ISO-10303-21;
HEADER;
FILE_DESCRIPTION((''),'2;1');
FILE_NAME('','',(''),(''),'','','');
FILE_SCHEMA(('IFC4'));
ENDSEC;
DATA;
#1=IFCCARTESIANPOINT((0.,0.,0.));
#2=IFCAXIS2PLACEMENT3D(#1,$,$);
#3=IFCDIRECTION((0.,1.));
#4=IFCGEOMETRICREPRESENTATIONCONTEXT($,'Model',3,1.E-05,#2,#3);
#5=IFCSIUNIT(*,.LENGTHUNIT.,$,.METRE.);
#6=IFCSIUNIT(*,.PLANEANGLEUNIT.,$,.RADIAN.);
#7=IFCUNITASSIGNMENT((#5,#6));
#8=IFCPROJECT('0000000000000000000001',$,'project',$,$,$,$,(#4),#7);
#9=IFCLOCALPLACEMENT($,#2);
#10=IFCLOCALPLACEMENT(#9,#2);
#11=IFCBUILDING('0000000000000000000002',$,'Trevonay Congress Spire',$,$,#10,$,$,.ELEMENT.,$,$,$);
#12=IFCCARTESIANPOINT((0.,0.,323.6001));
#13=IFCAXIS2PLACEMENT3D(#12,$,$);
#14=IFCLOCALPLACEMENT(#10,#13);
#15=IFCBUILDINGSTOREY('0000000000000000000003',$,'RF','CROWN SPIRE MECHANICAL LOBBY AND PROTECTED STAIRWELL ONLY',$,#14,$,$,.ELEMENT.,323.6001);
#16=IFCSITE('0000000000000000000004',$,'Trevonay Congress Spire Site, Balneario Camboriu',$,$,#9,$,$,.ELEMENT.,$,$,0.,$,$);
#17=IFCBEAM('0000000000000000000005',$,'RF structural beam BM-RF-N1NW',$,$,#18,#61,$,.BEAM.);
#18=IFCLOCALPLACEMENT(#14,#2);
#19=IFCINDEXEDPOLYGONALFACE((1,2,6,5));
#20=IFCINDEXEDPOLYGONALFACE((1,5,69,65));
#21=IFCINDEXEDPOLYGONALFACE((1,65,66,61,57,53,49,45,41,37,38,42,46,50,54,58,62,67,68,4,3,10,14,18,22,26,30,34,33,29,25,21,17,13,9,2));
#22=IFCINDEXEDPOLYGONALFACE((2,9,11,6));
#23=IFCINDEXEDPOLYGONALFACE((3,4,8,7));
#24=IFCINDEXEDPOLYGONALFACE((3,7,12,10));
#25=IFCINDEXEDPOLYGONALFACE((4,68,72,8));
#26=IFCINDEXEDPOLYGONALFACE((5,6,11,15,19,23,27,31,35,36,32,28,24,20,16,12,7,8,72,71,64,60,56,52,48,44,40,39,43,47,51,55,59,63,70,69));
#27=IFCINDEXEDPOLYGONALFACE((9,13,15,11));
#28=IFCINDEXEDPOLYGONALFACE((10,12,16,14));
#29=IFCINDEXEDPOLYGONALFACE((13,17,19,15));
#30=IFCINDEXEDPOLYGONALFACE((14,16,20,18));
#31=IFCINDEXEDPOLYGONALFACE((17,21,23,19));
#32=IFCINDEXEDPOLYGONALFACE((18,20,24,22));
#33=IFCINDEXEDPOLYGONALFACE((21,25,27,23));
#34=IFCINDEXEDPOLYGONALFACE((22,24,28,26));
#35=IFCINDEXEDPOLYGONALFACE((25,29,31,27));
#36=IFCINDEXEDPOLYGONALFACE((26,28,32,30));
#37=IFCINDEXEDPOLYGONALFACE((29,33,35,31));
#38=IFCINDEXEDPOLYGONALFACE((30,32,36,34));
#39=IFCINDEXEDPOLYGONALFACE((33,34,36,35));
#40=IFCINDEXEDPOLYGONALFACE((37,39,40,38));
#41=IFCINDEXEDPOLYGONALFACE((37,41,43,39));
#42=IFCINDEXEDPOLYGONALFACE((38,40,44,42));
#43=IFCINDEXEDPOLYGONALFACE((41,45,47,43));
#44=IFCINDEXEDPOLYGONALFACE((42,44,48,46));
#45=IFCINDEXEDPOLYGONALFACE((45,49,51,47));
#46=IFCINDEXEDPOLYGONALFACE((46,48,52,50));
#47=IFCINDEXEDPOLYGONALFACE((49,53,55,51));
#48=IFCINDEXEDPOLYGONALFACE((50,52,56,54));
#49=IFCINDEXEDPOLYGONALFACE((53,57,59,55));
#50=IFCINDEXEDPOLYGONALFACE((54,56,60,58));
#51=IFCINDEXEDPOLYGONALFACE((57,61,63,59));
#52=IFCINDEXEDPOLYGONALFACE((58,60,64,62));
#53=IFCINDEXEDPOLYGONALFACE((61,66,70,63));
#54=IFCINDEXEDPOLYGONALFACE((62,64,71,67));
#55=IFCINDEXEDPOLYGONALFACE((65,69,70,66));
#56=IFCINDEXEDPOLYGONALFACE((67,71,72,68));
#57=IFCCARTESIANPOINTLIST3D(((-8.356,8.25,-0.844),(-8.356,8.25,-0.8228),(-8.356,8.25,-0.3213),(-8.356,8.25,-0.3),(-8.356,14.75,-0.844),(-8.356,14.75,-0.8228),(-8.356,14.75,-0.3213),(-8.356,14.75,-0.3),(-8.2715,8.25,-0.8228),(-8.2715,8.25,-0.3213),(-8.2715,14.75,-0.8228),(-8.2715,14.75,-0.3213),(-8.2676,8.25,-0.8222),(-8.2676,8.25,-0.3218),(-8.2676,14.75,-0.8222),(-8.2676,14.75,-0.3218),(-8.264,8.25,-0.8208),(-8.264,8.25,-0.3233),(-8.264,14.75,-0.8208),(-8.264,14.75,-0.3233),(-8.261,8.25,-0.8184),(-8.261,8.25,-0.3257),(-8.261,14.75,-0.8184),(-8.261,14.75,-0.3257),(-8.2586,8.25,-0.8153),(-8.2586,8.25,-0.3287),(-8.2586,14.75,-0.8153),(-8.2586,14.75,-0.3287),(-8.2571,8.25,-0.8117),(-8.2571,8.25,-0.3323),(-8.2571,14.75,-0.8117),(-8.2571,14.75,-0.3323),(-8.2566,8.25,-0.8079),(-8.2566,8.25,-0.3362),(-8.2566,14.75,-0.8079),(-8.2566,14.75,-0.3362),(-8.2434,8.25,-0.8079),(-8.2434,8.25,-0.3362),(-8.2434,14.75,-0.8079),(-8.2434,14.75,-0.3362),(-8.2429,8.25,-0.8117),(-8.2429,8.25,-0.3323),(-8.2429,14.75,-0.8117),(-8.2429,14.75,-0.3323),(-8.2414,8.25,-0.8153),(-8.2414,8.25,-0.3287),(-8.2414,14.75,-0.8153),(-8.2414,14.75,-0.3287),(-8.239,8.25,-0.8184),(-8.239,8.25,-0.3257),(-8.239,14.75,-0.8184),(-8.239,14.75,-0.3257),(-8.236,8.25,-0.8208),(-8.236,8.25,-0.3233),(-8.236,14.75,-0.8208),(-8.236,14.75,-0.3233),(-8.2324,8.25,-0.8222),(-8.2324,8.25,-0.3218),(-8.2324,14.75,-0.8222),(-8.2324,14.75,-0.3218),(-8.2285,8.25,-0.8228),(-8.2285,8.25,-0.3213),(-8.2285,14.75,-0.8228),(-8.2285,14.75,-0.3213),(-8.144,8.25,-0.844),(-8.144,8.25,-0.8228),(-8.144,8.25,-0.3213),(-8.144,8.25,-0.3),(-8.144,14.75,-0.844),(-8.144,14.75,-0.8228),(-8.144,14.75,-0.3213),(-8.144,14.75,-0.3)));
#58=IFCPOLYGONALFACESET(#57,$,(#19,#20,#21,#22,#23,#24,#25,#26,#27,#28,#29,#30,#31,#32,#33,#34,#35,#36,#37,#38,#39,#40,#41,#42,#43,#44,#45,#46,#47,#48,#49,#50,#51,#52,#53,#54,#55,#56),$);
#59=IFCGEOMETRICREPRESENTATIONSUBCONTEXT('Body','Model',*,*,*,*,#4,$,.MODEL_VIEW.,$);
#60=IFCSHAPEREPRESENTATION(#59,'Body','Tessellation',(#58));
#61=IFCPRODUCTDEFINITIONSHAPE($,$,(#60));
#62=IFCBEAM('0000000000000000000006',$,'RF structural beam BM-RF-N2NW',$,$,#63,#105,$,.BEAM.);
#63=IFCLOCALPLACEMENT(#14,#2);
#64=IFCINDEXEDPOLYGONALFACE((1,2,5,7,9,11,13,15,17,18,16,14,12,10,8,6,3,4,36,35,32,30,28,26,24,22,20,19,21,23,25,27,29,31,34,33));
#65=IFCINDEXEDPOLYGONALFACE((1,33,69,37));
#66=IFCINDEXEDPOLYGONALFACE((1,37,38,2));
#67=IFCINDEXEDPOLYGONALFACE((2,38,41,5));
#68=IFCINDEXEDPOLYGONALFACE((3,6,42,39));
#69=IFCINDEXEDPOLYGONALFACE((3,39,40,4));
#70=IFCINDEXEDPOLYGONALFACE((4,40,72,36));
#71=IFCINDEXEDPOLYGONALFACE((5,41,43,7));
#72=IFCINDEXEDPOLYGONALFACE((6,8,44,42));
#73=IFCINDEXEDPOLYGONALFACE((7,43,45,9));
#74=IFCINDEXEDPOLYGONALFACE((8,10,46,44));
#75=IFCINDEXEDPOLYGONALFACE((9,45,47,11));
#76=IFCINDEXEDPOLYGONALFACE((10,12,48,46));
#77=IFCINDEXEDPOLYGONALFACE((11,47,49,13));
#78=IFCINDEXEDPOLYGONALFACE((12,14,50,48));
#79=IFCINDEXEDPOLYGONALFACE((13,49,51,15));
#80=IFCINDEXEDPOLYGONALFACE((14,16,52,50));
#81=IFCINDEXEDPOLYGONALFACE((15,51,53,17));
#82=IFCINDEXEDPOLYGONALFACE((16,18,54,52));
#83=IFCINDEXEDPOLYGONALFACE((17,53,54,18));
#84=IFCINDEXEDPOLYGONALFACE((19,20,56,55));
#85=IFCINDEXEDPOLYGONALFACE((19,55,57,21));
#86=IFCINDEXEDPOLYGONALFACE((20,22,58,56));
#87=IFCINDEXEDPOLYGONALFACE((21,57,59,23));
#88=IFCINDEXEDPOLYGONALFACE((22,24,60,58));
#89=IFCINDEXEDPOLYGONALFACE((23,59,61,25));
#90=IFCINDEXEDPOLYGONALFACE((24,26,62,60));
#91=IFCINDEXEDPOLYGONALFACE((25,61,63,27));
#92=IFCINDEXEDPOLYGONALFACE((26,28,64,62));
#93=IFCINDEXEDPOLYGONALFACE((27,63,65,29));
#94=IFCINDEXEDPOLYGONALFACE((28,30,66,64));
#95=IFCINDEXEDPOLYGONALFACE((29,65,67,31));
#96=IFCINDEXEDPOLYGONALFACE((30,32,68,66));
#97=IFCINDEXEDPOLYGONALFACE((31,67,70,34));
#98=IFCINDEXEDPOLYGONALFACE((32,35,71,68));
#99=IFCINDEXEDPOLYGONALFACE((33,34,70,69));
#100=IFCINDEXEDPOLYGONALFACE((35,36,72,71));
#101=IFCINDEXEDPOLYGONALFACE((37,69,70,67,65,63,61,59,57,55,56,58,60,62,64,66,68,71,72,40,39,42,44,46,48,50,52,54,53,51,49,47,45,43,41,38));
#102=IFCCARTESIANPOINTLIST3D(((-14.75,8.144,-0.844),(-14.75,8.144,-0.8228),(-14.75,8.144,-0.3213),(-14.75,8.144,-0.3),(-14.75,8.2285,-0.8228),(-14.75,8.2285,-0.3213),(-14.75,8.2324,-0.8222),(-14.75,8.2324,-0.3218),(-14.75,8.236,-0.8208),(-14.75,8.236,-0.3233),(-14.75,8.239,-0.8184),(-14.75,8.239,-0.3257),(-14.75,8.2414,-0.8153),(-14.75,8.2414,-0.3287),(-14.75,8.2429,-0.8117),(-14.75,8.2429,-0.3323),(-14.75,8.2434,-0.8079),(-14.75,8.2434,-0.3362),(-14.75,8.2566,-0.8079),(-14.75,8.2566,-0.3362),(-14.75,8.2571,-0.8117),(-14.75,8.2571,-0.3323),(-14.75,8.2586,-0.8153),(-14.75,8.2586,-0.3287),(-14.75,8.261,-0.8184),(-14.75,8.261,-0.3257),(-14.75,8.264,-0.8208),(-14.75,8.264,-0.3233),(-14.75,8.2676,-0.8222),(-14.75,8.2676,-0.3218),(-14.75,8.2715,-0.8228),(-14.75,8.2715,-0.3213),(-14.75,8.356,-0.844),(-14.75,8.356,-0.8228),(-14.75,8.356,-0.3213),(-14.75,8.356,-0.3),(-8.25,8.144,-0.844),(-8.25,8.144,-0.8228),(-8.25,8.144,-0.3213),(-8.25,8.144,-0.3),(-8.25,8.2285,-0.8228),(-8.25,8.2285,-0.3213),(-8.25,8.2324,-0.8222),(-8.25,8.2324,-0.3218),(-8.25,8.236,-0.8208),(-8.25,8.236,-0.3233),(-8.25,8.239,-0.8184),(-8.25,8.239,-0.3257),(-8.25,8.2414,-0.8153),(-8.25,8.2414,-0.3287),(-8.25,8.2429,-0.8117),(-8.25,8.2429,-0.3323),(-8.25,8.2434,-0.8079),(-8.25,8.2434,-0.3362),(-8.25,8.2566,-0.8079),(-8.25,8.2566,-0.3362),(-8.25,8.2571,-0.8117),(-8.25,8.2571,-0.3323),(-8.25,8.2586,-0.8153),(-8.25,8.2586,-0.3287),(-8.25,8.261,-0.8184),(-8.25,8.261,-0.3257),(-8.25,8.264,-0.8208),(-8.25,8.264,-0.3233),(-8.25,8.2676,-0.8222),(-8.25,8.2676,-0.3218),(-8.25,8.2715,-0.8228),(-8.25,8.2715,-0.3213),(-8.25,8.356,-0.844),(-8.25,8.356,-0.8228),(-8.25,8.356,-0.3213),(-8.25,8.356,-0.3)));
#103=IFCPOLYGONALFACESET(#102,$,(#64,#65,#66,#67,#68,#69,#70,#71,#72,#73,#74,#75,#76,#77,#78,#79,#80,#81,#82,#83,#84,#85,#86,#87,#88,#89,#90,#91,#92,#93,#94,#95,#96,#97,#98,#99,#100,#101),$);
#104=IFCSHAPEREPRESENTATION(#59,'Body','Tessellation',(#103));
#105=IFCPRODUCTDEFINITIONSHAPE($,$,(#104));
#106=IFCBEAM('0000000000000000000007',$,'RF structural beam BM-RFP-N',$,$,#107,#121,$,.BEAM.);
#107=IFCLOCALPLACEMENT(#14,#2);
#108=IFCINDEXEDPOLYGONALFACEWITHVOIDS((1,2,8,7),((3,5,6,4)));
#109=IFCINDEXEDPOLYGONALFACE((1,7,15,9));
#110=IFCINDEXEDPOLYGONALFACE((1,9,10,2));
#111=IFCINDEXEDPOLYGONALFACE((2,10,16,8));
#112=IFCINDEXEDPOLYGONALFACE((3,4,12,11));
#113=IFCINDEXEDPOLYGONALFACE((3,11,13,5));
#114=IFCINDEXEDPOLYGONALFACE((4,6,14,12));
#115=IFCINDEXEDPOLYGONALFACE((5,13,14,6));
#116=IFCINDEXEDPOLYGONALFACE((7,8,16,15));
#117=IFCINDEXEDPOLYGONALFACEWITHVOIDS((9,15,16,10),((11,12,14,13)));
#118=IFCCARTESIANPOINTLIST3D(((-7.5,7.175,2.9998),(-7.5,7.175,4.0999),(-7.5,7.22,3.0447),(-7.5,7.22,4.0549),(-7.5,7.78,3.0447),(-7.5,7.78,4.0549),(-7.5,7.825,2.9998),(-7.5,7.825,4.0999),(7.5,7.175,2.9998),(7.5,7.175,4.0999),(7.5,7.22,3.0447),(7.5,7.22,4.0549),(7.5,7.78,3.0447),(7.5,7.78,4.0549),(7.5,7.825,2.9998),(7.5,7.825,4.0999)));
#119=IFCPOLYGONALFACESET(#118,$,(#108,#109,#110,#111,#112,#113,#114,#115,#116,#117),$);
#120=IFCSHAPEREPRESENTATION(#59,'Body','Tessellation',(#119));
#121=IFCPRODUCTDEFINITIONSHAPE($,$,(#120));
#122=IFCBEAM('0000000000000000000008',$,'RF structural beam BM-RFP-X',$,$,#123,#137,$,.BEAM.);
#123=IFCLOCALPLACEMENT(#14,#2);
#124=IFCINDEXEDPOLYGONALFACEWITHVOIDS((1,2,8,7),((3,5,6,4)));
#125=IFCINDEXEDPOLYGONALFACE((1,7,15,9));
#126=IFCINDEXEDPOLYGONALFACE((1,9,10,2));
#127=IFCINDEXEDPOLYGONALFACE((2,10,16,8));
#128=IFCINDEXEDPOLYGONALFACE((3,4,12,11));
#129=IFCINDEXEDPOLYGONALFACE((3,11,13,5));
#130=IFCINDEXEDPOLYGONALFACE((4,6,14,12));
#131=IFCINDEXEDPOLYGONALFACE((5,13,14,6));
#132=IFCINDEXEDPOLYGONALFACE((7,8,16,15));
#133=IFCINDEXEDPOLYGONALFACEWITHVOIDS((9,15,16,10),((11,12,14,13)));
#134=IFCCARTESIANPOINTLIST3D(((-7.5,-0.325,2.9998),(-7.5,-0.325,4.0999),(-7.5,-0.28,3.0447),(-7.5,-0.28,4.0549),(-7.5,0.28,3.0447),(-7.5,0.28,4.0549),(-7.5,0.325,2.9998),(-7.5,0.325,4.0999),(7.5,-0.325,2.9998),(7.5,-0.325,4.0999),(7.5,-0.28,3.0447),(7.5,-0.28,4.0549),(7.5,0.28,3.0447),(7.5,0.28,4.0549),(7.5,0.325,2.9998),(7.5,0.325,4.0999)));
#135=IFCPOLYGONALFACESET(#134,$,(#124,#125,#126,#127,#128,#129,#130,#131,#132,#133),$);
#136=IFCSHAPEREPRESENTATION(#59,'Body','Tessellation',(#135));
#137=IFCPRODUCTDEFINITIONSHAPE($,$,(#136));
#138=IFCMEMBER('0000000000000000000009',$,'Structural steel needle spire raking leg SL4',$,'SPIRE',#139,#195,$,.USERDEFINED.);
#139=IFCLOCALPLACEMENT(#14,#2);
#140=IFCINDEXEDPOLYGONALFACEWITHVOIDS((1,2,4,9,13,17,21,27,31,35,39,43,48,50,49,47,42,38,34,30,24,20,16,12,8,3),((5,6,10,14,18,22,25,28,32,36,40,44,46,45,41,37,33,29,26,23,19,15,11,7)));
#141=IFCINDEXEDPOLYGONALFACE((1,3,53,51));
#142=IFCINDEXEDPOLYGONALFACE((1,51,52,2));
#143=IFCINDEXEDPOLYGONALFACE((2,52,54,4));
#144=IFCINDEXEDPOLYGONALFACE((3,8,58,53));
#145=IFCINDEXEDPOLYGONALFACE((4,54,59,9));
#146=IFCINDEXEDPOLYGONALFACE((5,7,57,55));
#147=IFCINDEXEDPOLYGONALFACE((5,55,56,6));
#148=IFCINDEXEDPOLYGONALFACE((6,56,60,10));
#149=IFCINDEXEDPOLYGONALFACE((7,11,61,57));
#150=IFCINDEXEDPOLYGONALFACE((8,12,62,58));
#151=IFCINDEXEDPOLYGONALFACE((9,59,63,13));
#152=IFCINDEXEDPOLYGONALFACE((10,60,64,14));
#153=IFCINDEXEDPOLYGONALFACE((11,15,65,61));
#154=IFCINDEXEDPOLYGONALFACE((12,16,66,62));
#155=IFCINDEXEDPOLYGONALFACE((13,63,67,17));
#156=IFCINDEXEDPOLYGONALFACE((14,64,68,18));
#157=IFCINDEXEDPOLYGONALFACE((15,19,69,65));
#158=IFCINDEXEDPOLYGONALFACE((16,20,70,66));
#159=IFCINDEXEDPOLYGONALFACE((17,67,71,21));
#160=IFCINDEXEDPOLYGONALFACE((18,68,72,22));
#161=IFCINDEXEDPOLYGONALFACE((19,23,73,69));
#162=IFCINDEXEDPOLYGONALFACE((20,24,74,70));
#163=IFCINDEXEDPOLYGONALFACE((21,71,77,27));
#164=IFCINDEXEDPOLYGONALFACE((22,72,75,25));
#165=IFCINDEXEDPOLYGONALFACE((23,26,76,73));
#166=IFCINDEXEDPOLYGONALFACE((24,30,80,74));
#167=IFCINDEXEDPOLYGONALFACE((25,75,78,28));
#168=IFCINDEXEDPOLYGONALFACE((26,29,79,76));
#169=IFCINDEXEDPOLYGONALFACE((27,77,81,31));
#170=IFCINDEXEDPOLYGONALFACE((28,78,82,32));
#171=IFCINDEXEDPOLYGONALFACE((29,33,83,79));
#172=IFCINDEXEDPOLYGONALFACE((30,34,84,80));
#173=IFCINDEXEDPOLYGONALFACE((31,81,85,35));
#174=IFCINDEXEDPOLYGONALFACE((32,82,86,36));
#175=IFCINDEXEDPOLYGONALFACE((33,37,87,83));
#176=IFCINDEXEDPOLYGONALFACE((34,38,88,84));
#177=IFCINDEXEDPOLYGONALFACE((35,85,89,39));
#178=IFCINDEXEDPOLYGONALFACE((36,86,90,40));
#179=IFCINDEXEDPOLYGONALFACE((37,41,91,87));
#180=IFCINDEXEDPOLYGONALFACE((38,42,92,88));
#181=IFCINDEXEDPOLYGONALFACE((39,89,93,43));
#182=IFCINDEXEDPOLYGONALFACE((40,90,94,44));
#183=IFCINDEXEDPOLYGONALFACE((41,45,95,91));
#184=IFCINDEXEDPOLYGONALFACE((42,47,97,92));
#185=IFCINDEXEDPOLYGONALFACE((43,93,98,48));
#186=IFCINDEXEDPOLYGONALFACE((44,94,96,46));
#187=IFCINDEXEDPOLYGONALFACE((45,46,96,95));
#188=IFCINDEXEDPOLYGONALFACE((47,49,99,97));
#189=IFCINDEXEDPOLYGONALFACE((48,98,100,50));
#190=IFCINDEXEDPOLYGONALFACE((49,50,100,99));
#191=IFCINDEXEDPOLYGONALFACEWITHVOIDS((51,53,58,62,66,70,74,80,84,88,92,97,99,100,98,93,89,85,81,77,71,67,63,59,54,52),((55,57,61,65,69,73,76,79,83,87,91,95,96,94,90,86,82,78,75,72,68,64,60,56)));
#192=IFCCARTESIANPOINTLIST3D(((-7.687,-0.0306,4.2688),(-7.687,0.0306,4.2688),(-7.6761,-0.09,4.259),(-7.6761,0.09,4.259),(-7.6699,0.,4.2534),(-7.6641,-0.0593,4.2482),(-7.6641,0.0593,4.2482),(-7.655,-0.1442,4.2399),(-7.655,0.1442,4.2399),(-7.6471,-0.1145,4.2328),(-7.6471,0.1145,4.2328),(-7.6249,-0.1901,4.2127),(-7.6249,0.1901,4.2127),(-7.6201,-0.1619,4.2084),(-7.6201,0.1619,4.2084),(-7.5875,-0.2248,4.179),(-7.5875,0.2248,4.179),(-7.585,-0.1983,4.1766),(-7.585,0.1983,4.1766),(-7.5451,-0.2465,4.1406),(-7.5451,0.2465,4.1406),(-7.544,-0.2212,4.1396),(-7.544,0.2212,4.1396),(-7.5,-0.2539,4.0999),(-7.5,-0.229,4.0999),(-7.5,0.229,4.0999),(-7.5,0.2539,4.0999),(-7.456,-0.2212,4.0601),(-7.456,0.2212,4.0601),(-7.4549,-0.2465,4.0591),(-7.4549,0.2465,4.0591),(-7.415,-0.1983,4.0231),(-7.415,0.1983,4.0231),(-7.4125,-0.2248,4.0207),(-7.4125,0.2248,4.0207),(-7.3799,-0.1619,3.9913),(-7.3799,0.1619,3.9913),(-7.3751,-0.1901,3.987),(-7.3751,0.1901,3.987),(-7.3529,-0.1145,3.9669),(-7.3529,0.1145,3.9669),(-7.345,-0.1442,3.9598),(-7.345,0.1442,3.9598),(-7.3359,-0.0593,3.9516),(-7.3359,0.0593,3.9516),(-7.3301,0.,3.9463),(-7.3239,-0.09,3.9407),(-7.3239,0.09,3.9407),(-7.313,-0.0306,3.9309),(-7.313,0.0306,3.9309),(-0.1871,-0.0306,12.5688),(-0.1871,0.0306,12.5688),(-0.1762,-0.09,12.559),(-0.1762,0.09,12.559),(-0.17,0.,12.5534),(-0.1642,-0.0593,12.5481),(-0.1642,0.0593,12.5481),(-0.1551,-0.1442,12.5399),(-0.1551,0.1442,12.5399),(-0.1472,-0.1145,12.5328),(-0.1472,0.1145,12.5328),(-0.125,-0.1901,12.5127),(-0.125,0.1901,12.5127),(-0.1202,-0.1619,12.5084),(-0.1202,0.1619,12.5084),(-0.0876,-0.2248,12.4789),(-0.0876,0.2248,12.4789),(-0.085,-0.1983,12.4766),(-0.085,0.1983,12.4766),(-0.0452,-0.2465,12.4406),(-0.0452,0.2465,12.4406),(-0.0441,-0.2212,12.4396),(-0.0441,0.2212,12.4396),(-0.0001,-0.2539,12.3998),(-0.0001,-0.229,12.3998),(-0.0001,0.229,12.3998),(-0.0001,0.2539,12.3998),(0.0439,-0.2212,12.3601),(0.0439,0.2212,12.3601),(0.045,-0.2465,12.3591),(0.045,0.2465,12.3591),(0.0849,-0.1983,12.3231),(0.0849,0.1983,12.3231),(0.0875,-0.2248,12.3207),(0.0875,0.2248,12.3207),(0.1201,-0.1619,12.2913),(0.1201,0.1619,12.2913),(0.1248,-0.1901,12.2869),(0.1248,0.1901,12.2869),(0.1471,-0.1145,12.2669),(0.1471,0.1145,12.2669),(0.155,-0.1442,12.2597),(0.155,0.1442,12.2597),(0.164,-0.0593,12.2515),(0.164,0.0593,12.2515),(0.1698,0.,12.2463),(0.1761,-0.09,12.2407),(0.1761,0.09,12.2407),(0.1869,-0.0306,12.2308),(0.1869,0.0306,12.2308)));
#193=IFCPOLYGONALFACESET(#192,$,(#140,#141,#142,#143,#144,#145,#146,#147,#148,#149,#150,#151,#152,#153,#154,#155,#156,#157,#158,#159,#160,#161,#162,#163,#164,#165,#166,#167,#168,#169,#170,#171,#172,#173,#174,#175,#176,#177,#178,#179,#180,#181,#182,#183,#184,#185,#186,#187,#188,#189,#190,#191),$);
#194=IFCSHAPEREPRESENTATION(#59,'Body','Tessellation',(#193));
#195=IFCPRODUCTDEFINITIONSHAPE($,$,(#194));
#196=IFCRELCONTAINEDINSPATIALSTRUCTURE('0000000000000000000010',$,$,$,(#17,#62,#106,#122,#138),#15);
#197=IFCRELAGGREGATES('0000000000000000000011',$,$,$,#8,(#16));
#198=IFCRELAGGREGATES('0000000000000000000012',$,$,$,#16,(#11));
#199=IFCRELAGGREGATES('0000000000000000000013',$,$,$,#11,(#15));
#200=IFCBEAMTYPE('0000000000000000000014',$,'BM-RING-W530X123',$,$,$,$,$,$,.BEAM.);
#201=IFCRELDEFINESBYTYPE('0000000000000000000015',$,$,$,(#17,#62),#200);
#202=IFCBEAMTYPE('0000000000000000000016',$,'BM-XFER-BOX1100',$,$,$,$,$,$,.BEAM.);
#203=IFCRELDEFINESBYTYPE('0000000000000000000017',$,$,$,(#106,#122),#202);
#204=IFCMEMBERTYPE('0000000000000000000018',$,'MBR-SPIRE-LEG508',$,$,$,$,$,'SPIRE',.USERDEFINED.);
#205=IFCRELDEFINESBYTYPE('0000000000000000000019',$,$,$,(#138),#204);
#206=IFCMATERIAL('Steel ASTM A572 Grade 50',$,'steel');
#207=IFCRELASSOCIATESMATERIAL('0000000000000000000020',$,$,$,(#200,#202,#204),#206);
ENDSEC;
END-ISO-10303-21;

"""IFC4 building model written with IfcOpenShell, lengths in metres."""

from ifc_helpers import new_model, si_unit, direction, frame, origin, origin_2d, place, context, subcontext, project, spatial, hollow_rectangle, hollow_circle, i_section, extrude, material, material_profile, profile_set, type_object, element, save


model = new_model("IFC4")

# Units and contexts
model_context = context("Model", 3, precision=1e-05, world=origin(), true_north=direction((0.0, 1.0)))
body_context = subcontext(model_context, "Body", "Model", "MODEL_VIEW")
ifc_project = project(units=[si_unit("LENGTHUNIT", "METRE"), si_unit("PLANEANGLEUNIT", "RADIAN")], contexts=[model_context])

# Site, building, storey
site_placement = place(None, origin())
site = spatial("IfcSite", under=ifc_project, at=site_placement, Name="Trevonay Congress Spire Site, Balneario Camboriu", CompositionType="ELEMENT", RefElevation=0.0)
building_placement = place(site_placement, origin())
building = spatial("IfcBuilding", under=site, at=building_placement, Name="Trevonay Congress Spire", CompositionType="ELEMENT")
storey_placement = place(building_placement, frame((0.0, 0.0, 323.6001)))
storey = spatial("IfcBuildingStorey", under=building, at=storey_placement, Name="RF", Description="CROWN SPIRE MECHANICAL LOBBY AND PROTECTED STAIRWELL ONLY", CompositionType="ELEMENT", Elevation=323.6001)

# Shared definitions
ifc_material_1 = material(Name="Steel ASTM A572 Grade 50", Category="steel")

# Beams
ifc_material_profile_1 = material_profile(ifc_material_1, i_section(OverallWidth=0.2119, OverallDepth=0.5439, WebThickness=0.0132, FlangeThickness=0.0212, FilletRadius=0.0149, at=origin_2d()), Name="W530x123")
ifc_profile_set_1 = profile_set([ifc_material_profile_1], Name="Steel ASTM A572 Grade 50")
beam_type_1 = type_object("IfcBeamType", Name="BM-RING-W530X123", PredefinedType="BEAM", material=ifc_profile_set_1)
for number, where, z_axis, x_axis, name in (
    (1, (-8.25, 14.75, -0.572), (0.0, -1.0, 0.0), (1.0, 0.0, 0.0), "RF structural beam BM-RF-N1NW"),
    (2, (-14.75, 8.25, -0.572), (1.0, 0.0, 0.0), (0.0, 1.0, 0.0), "RF structural beam BM-RF-N2NW"),
):
    element("IfcBeam", number, at=place(storey_placement, frame(where, z_axis=z_axis, x_axis=x_axis)), inside=storey, type_object=beam_type_1, Name=name, PredefinedType="BEAM", context=body_context, shape_type="SweptSolid", body=[
        extrude(i_section(OverallWidth=0.2119, OverallDepth=0.5439, WebThickness=0.0132, FlangeThickness=0.0212, FilletRadius=0.0149, at=origin_2d()), origin(), (0.0, 0.0, 1.0), 6.5),
    ])
ifc_material_profile_2 = material_profile(ifc_material_1, hollow_rectangle(XDim=0.6499, YDim=1.1001, WallThickness=0.0449, at=origin_2d()), Name="BOX 1100x650x45")
ifc_profile_set_2 = profile_set([ifc_material_profile_2], Name="Steel ASTM A572 Grade 50")
beam_type_2 = type_object("IfcBeamType", Name="BM-XFER-BOX1100", PredefinedType="BEAM", material=ifc_profile_set_2)
for number, where, z_axis, x_axis, name in (
    (3, (-7.5, 7.5, 3.5498), (1.0, 0.0, 0.0), (0.0, 1.0, 0.0), "RF structural beam BM-RFP-N"),
    (4, (-7.5, 0.0, 3.5498), (1.0, 0.0, 0.0), (0.0, 1.0, 0.0), "RF structural beam BM-RFP-X"),
):
    element("IfcBeam", number, at=place(storey_placement, frame(where, z_axis=z_axis, x_axis=x_axis)), inside=storey, type_object=beam_type_2, Name=name, PredefinedType="BEAM", context=body_context, shape_type="SweptSolid", body=[
        extrude(hollow_rectangle(XDim=0.6499, YDim=1.1001, WallThickness=0.0449, at=origin_2d()), origin(), (0.0, 0.0, 1.0), 15.0),
    ])

# Member
ifc_material_profile_3 = material_profile(ifc_material_1, hollow_circle(Radius=0.2539, WallThickness=0.0249, at=origin_2d()), Name="CHS 508x25")
ifc_profile_set_3 = profile_set([ifc_material_profile_3], Name="Steel ASTM A572 Grade 50")
member_type_1 = type_object("IfcMemberType", Name="MBR-SPIRE-LEG508", ElementType="SPIRE", PredefinedType="USERDEFINED", material=ifc_profile_set_3)
member_1_placement = place(storey_placement, frame((-7.5, 0.0, 4.0999), z_axis=(0.670443, 0.0, 0.741961), x_axis=(0.0, 1.0, 0.0)))
element("IfcMember", 5, at=member_1_placement, inside=storey, type_object=member_type_1, Name="Structural steel needle spire raking leg SL4", ObjectType="SPIRE", PredefinedType="USERDEFINED", context=body_context, shape_type="SweptSolid", body=[
    extrude(hollow_circle(Radius=0.2539, WallThickness=0.0249, at=origin_2d()), origin(), (0.0, 0.0, 1.0), 11.1865),
])

save(model, "model.ifc")
